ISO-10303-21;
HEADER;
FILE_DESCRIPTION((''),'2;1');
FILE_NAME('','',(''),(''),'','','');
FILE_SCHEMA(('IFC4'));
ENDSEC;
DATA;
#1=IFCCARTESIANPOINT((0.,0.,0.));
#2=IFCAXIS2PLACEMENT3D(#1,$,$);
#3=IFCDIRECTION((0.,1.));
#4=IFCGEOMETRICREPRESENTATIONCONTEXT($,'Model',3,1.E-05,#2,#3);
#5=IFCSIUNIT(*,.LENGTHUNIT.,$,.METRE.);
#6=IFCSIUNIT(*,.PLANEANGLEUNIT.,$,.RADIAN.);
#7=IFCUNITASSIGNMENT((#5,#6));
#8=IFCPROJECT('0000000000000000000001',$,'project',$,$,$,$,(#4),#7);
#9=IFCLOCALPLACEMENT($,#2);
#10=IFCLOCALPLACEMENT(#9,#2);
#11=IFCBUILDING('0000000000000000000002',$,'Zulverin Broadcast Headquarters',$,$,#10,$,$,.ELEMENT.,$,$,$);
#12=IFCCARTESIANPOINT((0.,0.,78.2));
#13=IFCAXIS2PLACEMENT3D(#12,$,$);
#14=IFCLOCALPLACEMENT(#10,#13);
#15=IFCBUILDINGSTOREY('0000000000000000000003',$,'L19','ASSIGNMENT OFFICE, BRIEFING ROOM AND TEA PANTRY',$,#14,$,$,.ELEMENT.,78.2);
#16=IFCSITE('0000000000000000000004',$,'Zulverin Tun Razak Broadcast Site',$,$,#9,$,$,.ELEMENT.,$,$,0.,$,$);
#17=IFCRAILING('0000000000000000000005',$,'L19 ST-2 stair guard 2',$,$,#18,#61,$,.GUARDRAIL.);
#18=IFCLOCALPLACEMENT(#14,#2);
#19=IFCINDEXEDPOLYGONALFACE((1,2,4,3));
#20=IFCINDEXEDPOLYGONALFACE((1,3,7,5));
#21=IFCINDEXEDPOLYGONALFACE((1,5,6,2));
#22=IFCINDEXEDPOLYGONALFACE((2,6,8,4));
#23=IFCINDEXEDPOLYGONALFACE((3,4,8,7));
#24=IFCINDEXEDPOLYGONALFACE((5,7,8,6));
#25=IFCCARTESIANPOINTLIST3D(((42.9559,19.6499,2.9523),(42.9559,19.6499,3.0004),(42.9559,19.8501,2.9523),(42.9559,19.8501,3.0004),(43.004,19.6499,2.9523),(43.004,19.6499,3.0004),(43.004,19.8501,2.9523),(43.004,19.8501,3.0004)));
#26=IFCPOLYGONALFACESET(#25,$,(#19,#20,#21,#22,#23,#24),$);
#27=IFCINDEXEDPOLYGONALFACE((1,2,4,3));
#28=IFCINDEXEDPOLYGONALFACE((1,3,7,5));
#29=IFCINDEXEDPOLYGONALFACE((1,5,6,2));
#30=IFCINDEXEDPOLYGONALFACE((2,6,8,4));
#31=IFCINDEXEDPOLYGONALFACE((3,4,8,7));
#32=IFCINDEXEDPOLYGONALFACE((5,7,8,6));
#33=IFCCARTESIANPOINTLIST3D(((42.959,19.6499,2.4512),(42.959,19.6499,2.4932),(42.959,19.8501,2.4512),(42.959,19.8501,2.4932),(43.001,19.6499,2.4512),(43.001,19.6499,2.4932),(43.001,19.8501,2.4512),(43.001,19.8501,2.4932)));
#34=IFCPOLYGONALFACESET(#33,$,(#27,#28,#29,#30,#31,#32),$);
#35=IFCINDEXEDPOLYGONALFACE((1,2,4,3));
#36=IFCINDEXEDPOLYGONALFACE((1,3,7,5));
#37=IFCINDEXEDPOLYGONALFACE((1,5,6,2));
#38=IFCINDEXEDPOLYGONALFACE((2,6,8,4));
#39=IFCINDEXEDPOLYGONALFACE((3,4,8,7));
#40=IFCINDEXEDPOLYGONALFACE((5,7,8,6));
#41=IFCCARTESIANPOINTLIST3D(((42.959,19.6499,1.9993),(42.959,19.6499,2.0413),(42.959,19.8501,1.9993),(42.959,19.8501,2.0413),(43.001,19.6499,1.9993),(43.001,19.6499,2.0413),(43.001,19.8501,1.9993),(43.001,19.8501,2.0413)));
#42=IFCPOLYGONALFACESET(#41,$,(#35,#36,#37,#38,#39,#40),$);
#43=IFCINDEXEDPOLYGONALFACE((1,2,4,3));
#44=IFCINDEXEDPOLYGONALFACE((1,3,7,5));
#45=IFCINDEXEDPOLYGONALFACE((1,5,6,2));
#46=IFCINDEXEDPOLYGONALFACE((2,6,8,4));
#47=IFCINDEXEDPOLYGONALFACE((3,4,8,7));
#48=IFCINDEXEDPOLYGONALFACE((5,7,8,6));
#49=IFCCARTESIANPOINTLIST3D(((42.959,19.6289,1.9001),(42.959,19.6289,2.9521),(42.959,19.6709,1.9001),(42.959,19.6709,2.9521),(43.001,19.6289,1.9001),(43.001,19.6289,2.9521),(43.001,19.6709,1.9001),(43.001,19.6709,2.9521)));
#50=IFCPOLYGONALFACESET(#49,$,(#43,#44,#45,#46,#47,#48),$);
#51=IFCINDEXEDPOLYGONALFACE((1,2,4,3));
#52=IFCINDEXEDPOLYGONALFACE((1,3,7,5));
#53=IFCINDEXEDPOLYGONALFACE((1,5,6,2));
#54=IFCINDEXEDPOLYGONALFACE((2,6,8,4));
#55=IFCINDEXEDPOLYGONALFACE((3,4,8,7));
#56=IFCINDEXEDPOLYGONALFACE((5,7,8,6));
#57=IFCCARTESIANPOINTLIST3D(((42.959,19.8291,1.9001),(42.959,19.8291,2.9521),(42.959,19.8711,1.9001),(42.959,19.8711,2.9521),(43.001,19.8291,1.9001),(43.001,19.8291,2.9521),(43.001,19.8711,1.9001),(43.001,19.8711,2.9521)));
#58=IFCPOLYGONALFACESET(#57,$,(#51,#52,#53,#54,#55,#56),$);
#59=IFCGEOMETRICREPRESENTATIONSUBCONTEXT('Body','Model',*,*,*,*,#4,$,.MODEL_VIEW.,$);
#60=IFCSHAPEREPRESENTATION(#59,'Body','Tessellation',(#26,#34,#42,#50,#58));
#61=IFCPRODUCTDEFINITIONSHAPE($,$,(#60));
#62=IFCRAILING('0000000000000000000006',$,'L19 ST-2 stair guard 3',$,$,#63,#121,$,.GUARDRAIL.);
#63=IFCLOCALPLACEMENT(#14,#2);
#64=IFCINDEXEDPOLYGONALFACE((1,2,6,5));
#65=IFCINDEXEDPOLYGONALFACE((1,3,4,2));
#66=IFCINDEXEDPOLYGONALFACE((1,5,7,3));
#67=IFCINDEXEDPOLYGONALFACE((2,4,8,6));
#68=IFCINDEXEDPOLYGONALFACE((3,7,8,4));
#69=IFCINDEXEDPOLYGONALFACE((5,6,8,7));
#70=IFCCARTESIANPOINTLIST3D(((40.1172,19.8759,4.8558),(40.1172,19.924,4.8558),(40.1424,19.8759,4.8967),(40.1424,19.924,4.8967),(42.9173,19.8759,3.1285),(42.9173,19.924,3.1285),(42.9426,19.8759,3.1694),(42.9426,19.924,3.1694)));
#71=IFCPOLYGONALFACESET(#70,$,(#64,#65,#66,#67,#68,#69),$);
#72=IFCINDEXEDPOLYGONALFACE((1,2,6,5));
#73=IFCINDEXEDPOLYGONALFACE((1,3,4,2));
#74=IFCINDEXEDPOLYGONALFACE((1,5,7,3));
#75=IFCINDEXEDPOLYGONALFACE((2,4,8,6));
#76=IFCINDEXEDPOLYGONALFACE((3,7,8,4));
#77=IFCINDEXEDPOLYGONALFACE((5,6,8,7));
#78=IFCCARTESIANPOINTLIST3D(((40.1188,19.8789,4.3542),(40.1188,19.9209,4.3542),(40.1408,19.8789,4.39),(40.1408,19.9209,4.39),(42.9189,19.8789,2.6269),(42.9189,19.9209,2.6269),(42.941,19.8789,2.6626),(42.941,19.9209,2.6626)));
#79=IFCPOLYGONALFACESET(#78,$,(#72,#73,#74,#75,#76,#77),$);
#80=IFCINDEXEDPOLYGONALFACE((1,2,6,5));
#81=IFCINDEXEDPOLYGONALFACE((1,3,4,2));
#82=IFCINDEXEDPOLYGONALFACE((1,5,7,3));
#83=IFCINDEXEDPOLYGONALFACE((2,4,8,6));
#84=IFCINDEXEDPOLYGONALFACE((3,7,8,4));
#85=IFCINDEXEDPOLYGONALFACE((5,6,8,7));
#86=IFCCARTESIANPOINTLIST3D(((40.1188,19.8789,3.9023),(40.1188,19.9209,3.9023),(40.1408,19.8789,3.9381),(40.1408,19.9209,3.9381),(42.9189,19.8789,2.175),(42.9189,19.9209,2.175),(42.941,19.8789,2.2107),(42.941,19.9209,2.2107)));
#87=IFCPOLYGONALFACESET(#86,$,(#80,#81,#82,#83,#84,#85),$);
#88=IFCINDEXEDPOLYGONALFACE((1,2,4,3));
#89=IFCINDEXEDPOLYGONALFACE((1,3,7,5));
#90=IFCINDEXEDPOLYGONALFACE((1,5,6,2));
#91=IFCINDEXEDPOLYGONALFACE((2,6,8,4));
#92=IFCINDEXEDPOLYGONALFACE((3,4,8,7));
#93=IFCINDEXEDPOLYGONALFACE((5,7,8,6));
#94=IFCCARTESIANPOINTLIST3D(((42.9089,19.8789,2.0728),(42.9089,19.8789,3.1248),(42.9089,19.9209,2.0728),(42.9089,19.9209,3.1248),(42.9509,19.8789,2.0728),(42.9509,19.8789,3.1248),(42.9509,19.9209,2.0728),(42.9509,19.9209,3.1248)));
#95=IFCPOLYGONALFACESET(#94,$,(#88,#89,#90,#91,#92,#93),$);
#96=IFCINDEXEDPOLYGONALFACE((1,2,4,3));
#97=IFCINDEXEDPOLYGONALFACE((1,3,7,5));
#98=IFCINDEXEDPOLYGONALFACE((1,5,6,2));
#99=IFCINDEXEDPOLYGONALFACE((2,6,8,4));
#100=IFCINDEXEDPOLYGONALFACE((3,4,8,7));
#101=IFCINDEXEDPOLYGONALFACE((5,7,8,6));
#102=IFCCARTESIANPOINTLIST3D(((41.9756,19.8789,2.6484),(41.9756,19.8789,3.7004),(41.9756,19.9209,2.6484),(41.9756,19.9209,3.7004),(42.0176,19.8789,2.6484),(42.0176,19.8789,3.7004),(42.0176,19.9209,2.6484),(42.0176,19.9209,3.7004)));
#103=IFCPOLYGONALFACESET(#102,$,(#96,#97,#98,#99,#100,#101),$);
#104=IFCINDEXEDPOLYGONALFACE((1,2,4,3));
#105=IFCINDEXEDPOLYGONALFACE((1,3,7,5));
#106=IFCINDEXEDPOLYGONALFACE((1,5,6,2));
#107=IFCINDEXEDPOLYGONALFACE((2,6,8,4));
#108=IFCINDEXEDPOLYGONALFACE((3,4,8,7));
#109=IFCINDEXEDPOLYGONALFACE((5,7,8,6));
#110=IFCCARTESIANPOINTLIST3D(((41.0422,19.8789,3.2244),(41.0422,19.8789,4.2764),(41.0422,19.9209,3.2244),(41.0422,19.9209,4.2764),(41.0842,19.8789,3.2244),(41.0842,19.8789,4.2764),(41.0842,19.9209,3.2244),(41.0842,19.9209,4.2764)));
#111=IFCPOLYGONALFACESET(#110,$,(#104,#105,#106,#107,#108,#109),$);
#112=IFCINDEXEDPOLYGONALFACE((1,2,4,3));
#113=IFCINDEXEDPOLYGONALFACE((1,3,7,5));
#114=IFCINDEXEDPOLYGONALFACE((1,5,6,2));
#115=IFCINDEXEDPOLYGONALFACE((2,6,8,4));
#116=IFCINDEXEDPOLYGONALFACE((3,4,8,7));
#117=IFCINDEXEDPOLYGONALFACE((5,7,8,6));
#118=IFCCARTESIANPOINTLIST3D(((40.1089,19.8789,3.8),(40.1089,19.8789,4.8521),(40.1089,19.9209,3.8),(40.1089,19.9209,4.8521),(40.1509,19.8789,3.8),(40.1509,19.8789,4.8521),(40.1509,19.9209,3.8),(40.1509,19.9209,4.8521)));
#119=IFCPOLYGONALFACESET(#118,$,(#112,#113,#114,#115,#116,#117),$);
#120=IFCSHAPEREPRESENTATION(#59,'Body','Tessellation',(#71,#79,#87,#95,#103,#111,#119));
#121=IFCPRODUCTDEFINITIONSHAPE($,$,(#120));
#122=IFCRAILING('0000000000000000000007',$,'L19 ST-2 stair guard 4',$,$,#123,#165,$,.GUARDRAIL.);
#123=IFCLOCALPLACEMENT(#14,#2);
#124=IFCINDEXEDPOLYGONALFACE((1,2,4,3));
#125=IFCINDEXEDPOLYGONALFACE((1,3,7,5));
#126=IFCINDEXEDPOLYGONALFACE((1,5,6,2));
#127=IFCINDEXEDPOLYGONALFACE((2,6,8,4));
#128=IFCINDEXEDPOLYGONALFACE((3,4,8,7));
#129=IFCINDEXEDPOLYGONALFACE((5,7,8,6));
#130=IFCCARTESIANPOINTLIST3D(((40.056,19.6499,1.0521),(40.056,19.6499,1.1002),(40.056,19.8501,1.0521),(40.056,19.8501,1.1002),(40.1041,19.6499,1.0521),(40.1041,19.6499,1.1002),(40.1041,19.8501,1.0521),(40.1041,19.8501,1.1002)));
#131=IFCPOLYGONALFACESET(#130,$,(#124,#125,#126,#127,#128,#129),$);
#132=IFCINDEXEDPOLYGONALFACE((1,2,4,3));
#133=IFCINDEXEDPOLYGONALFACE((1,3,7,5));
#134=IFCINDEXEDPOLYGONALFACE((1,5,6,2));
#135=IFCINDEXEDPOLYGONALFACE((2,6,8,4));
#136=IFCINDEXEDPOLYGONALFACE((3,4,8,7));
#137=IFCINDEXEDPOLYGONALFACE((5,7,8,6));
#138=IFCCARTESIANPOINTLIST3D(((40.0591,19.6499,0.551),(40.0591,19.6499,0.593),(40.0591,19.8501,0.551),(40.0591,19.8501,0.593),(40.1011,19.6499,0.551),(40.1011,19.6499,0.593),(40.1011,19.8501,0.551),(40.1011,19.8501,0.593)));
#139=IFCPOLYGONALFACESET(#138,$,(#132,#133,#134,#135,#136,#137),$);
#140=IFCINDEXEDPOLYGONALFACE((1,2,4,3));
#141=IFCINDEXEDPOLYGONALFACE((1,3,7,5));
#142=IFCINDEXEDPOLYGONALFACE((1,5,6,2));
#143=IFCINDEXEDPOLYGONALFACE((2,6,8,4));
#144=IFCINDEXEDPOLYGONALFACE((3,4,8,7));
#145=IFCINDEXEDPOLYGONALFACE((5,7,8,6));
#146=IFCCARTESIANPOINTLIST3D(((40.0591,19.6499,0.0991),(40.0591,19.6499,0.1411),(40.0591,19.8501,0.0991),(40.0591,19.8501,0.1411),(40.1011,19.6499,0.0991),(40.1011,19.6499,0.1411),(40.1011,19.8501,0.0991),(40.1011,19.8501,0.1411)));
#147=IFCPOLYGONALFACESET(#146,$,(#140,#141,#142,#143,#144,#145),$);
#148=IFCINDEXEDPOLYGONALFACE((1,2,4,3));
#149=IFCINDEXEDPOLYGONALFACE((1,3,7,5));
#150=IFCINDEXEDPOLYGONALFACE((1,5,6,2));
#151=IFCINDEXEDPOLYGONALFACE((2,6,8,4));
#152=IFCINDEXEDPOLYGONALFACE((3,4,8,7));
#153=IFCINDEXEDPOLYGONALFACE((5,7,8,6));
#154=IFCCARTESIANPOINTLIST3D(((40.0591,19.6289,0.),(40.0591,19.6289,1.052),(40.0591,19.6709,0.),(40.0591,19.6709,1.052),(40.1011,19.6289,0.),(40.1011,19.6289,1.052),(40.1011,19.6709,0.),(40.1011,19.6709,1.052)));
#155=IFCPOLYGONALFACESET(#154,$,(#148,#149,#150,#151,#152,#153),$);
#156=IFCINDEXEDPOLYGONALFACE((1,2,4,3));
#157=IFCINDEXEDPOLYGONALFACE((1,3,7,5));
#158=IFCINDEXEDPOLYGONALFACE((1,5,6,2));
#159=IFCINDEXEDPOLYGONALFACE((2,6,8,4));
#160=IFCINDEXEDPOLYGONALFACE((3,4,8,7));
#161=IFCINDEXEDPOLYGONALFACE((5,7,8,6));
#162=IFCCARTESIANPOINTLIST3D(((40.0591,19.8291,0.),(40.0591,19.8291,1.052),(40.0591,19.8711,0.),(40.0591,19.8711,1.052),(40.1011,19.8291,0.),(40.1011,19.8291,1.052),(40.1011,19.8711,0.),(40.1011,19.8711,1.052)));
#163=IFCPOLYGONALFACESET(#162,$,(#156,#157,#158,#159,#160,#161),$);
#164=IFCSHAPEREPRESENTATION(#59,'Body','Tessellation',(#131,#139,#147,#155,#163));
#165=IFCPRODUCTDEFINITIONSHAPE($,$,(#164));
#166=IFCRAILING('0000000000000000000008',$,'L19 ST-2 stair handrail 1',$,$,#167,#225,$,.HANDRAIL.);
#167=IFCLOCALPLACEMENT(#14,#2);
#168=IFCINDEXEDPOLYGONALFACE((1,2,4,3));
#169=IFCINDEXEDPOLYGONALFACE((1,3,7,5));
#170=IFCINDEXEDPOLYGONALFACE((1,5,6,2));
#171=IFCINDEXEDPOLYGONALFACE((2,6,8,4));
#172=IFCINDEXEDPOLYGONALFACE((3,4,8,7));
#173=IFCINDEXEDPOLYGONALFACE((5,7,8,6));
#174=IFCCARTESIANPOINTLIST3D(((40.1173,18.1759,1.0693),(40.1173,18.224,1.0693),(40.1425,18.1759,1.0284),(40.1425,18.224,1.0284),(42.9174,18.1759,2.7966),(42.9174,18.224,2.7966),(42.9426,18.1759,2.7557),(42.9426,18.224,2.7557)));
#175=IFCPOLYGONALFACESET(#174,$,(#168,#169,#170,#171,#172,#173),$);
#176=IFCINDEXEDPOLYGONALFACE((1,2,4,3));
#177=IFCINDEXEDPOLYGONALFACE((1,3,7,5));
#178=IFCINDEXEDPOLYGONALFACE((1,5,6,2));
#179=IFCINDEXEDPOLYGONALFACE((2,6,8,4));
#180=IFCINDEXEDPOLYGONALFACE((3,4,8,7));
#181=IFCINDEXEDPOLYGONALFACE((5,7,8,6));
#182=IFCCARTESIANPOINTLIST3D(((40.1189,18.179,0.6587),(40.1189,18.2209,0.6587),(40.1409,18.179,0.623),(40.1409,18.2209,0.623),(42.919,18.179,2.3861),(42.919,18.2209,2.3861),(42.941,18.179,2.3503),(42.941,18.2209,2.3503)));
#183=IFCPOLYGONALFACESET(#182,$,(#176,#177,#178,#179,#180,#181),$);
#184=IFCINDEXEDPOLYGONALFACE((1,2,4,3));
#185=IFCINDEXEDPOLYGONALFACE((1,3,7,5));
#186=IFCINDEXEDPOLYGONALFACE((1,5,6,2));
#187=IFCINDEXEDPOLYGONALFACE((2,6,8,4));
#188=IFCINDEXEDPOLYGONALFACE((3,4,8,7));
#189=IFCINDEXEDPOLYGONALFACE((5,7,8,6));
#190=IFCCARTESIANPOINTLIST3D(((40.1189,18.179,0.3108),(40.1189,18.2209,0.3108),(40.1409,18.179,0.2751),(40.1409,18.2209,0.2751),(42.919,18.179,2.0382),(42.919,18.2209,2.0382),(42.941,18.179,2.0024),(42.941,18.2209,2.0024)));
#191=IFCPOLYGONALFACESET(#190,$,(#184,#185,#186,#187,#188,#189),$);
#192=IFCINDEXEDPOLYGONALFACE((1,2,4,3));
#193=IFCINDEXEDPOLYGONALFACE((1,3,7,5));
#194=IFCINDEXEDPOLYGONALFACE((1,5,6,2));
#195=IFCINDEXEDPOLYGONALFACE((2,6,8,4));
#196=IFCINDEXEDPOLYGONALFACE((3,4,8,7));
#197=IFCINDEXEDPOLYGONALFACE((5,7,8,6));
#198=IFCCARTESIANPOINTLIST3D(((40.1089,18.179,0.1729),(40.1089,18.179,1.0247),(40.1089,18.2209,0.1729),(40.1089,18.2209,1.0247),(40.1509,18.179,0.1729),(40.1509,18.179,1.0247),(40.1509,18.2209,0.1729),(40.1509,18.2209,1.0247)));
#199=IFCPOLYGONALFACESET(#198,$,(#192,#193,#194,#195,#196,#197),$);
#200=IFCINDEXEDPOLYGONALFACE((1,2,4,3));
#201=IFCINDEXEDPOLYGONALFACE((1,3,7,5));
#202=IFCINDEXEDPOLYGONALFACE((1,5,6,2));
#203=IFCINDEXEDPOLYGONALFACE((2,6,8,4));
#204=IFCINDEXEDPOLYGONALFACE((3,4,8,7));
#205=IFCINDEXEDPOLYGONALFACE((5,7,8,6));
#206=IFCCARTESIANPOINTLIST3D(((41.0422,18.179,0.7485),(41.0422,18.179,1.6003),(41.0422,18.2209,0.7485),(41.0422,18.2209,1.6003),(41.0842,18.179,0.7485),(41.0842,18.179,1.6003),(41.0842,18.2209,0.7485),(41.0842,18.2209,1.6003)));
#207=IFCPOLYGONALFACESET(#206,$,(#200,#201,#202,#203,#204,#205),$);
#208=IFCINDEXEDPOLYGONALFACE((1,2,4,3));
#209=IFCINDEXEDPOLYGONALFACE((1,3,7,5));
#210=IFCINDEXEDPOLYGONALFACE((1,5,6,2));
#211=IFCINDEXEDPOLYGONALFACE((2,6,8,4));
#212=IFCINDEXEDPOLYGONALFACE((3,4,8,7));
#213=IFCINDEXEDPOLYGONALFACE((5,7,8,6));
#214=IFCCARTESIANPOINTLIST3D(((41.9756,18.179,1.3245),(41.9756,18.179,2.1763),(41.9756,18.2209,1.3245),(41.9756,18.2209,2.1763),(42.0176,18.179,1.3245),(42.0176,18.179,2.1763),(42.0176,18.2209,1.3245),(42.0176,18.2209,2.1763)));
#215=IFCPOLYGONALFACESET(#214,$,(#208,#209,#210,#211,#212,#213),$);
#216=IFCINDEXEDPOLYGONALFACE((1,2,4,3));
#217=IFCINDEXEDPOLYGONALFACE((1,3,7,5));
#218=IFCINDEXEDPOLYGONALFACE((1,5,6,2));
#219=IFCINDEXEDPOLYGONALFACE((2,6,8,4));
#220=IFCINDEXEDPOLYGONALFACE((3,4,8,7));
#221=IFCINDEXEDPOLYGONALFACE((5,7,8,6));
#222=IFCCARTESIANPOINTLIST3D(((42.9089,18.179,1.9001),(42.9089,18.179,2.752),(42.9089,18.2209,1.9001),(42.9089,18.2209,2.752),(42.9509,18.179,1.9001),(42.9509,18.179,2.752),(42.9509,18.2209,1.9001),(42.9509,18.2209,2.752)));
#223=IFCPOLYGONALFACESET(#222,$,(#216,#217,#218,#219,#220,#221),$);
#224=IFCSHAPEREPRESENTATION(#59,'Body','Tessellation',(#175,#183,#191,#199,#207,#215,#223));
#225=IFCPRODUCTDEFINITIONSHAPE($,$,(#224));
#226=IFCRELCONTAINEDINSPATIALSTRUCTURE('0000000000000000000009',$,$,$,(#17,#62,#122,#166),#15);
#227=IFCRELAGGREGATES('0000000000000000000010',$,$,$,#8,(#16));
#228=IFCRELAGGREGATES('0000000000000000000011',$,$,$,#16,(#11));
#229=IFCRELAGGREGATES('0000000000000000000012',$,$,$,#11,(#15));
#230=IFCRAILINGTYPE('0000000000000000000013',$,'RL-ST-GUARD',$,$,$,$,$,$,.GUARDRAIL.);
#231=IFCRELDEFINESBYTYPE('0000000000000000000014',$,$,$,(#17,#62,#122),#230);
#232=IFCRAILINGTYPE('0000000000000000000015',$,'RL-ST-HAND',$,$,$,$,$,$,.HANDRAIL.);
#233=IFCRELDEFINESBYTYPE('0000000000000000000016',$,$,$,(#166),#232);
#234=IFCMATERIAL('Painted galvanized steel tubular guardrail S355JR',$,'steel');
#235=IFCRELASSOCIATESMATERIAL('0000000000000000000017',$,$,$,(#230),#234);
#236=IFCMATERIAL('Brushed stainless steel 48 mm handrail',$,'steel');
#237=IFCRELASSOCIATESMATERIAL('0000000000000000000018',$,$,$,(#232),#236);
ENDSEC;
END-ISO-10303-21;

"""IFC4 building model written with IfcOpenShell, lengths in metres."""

from ifc_helpers import new_model, si_unit, direction, frame, origin, origin_2d, place, context, subcontext, project, spatial, rectangle, extrude, material, type_object, element, save


model = new_model("IFC4")

# Units and contexts
model_context = context("Model", 3, precision=1e-05, world=origin(), true_north=direction((0.0, 1.0)))
body_context = subcontext(model_context, "Body", "Model", "MODEL_VIEW")
ifc_project = project(units=[si_unit("LENGTHUNIT", "METRE"), si_unit("PLANEANGLEUNIT", "RADIAN")], contexts=[model_context])

# Site, building, storey
site_placement = place(None, origin())
site = spatial("IfcSite", under=ifc_project, at=site_placement, Name="Zulverin Tun Razak Broadcast Site", CompositionType="ELEMENT", RefElevation=0.0)
building_placement = place(site_placement, origin())
building = spatial("IfcBuilding", under=site, at=building_placement, Name="Zulverin Broadcast Headquarters", CompositionType="ELEMENT")
storey_placement = place(building_placement, frame((0.0, 0.0, 78.2)))
storey = spatial("IfcBuildingStorey", under=building, at=storey_placement, Name="L19", Description="ASSIGNMENT OFFICE, BRIEFING ROOM AND TEA PANTRY", CompositionType="ELEMENT", Elevation=78.2)

# Railings
ifc_material_1 = material(Name="Painted galvanized steel tubular guardrail S355JR", Category="steel")
railing_type_1 = type_object("IfcRailingType", Name="RL-ST-GUARD", PredefinedType="GUARDRAIL", material=ifc_material_1)
railing_1_placement = place(storey_placement, frame((42.98, 19.6499, 1.9001)))
element("IfcRailing", 1, at=railing_1_placement, inside=storey, type_object=railing_type_1, Name="L19 ST-2 stair guard 2", PredefinedType="GUARDRAIL", context=body_context, shape_type="SweptSolid", body=[
    extrude(rectangle(XDim=0.0481, YDim=0.0481, at=origin_2d()), frame((0.0, 0.0, 1.0762), z_axis=(0.0, 1.0, 0.0), x_axis=(-1.0, 0.0, 0.0)), (0.0, 0.0, 1.0), 0.2002),
    extrude(rectangle(XDim=0.042, YDim=0.042, at=origin_2d()), frame((0.0, 0.0, 0.572), z_axis=(0.0, 1.0, 0.0), x_axis=(-1.0, 0.0, 0.0)), (0.0, 0.0, 1.0), 0.2002),
    extrude(rectangle(XDim=0.042, YDim=0.042, at=origin_2d()), frame((0.0, 0.0, 0.1201), z_axis=(0.0, 1.0, 0.0), x_axis=(-1.0, 0.0, 0.0)), (0.0, 0.0, 1.0), 0.2002),
    extrude(rectangle(XDim=0.042, YDim=0.042, at=origin_2d()), origin(), (0.0, 0.0, 1.0), 1.052),
    extrude(rectangle(XDim=0.042, YDim=0.042, at=origin_2d()), frame((0.0, 0.2002, 0.0)), (0.0, 0.0, 1.0), 1.052),
])
railing_2_placement = place(storey_placement, frame((42.9299, 19.8999, 2.0728)))
element("IfcRailing", 2, at=railing_2_placement, inside=storey, type_object=railing_type_1, Name="L19 ST-2 stair guard 3", PredefinedType="GUARDRAIL", context=body_context, shape_type="SweptSolid", body=[
    extrude(rectangle(XDim=0.0481, YDim=0.0481, at=origin_2d()), frame((0.0, 0.0, 1.0762), z_axis=(-0.85109, 0.0, 0.52502), x_axis=(0.0, -1.0, 0.0)), (0.0, 0.0, 1.0), 3.29),
    extrude(rectangle(XDim=0.042, YDim=0.042, at=origin_2d()), frame((0.0, 0.0, 0.572), z_axis=(-0.85109, 0.0, 0.52502), x_axis=(0.0, -1.0, 0.0)), (0.0, 0.0, 1.0), 3.29),
    extrude(rectangle(XDim=0.042, YDim=0.042, at=origin_2d()), frame((0.0, 0.0, 0.1201), z_axis=(-0.85109, 0.0, 0.52502), x_axis=(0.0, -1.0, 0.0)), (0.0, 0.0, 1.0), 3.29),
    extrude(rectangle(XDim=0.042, YDim=0.042, at=origin_2d()), origin(), (0.0, 0.0, 1.0), 1.052),
    extrude(rectangle(XDim=0.042, YDim=0.042, at=origin_2d()), frame((-0.9333, 0.0, 0.5757)), (0.0, 0.0, 1.0), 1.052),
    extrude(rectangle(XDim=0.042, YDim=0.042, at=origin_2d()), frame((-1.8667, 0.0, 1.1516)), (0.0, 0.0, 1.0), 1.052),
    extrude(rectangle(XDim=0.042, YDim=0.042, at=origin_2d()), frame((-2.8, 0.0, 1.7273)), (0.0, 0.0, 1.0), 1.052),
])
railing_3_placement = place(storey_placement, frame((40.0801, 19.6499, 0.0)))
element("IfcRailing", 3, at=railing_3_placement, inside=storey, type_object=railing_type_1, Name="L19 ST-2 stair guard 4", PredefinedType="GUARDRAIL", context=body_context, shape_type="SweptSolid", body=[
    extrude(rectangle(XDim=0.0481, YDim=0.0481, at=origin_2d()), frame((0.0, 0.0, 1.0762), z_axis=(0.0, 1.0, 0.0), x_axis=(-1.0, 0.0, 0.0)), (0.0, 0.0, 1.0), 0.2002),
    extrude(rectangle(XDim=0.042, YDim=0.042, at=origin_2d()), frame((0.0, 0.0, 0.572), z_axis=(0.0, 1.0, 0.0), x_axis=(-1.0, 0.0, 0.0)), (0.0, 0.0, 1.0), 0.2002),
    extrude(rectangle(XDim=0.042, YDim=0.042, at=origin_2d()), frame((0.0, 0.0, 0.1201), z_axis=(0.0, 1.0, 0.0), x_axis=(-1.0, 0.0, 0.0)), (0.0, 0.0, 1.0), 0.2002),
    extrude(rectangle(XDim=0.042, YDim=0.042, at=origin_2d()), origin(), (0.0, 0.0, 1.0), 1.052),
    extrude(rectangle(XDim=0.042, YDim=0.042, at=origin_2d()), frame((0.0, 0.2002, 0.0)), (0.0, 0.0, 1.0), 1.052),
])
ifc_material_2 = material(Name="Brushed stainless steel 48 mm handrail", Category="steel")
railing_type_2 = type_object("IfcRailingType", Name="RL-ST-HAND", PredefinedType="HANDRAIL", material=ifc_material_2)
railing_4_placement = place(storey_placement, frame((40.1299, 18.2, 0.1729)))
element("IfcRailing", 4, at=railing_4_placement, inside=storey, type_object=railing_type_2, Name="L19 ST-2 stair handrail 1", PredefinedType="HANDRAIL", context=body_context, shape_type="SweptSolid", body=[
    extrude(rectangle(XDim=0.0481, YDim=0.0481, at=origin_2d()), frame((0.0, 0.0, 0.876), z_axis=(0.85109, 0.0, 0.52502), x_axis=(0.0, 1.0, 0.0)), (0.0, 0.0, 1.0), 3.29),
    extrude(rectangle(XDim=0.042, YDim=0.042, at=origin_2d()), frame((0.0, 0.0, 0.468), z_axis=(0.85109, 0.0, 0.52502), x_axis=(0.0, 1.0, 0.0)), (0.0, 0.0, 1.0), 3.29),
    extrude(rectangle(XDim=0.042, YDim=0.042, at=origin_2d()), frame((0.0, 0.0, 0.1201), z_axis=(0.85109, 0.0, 0.52502), x_axis=(0.0, 1.0, 0.0)), (0.0, 0.0, 1.0), 3.29),
    extrude(rectangle(XDim=0.042, YDim=0.042, at=origin_2d()), origin(), (0.0, 0.0, 1.0), 0.8518),
    extrude(rectangle(XDim=0.042, YDim=0.042, at=origin_2d()), frame((0.9333, 0.0, 0.5757)), (0.0, 0.0, 1.0), 0.8518),
    extrude(rectangle(XDim=0.042, YDim=0.042, at=origin_2d()), frame((1.8667, 0.0, 1.1516)), (0.0, 0.0, 1.0), 0.8518),
    extrude(rectangle(XDim=0.042, YDim=0.042, at=origin_2d()), frame((2.8, 0.0, 1.7273)), (0.0, 0.0, 1.0), 0.8518),
])

save(model, "model.ifc")
